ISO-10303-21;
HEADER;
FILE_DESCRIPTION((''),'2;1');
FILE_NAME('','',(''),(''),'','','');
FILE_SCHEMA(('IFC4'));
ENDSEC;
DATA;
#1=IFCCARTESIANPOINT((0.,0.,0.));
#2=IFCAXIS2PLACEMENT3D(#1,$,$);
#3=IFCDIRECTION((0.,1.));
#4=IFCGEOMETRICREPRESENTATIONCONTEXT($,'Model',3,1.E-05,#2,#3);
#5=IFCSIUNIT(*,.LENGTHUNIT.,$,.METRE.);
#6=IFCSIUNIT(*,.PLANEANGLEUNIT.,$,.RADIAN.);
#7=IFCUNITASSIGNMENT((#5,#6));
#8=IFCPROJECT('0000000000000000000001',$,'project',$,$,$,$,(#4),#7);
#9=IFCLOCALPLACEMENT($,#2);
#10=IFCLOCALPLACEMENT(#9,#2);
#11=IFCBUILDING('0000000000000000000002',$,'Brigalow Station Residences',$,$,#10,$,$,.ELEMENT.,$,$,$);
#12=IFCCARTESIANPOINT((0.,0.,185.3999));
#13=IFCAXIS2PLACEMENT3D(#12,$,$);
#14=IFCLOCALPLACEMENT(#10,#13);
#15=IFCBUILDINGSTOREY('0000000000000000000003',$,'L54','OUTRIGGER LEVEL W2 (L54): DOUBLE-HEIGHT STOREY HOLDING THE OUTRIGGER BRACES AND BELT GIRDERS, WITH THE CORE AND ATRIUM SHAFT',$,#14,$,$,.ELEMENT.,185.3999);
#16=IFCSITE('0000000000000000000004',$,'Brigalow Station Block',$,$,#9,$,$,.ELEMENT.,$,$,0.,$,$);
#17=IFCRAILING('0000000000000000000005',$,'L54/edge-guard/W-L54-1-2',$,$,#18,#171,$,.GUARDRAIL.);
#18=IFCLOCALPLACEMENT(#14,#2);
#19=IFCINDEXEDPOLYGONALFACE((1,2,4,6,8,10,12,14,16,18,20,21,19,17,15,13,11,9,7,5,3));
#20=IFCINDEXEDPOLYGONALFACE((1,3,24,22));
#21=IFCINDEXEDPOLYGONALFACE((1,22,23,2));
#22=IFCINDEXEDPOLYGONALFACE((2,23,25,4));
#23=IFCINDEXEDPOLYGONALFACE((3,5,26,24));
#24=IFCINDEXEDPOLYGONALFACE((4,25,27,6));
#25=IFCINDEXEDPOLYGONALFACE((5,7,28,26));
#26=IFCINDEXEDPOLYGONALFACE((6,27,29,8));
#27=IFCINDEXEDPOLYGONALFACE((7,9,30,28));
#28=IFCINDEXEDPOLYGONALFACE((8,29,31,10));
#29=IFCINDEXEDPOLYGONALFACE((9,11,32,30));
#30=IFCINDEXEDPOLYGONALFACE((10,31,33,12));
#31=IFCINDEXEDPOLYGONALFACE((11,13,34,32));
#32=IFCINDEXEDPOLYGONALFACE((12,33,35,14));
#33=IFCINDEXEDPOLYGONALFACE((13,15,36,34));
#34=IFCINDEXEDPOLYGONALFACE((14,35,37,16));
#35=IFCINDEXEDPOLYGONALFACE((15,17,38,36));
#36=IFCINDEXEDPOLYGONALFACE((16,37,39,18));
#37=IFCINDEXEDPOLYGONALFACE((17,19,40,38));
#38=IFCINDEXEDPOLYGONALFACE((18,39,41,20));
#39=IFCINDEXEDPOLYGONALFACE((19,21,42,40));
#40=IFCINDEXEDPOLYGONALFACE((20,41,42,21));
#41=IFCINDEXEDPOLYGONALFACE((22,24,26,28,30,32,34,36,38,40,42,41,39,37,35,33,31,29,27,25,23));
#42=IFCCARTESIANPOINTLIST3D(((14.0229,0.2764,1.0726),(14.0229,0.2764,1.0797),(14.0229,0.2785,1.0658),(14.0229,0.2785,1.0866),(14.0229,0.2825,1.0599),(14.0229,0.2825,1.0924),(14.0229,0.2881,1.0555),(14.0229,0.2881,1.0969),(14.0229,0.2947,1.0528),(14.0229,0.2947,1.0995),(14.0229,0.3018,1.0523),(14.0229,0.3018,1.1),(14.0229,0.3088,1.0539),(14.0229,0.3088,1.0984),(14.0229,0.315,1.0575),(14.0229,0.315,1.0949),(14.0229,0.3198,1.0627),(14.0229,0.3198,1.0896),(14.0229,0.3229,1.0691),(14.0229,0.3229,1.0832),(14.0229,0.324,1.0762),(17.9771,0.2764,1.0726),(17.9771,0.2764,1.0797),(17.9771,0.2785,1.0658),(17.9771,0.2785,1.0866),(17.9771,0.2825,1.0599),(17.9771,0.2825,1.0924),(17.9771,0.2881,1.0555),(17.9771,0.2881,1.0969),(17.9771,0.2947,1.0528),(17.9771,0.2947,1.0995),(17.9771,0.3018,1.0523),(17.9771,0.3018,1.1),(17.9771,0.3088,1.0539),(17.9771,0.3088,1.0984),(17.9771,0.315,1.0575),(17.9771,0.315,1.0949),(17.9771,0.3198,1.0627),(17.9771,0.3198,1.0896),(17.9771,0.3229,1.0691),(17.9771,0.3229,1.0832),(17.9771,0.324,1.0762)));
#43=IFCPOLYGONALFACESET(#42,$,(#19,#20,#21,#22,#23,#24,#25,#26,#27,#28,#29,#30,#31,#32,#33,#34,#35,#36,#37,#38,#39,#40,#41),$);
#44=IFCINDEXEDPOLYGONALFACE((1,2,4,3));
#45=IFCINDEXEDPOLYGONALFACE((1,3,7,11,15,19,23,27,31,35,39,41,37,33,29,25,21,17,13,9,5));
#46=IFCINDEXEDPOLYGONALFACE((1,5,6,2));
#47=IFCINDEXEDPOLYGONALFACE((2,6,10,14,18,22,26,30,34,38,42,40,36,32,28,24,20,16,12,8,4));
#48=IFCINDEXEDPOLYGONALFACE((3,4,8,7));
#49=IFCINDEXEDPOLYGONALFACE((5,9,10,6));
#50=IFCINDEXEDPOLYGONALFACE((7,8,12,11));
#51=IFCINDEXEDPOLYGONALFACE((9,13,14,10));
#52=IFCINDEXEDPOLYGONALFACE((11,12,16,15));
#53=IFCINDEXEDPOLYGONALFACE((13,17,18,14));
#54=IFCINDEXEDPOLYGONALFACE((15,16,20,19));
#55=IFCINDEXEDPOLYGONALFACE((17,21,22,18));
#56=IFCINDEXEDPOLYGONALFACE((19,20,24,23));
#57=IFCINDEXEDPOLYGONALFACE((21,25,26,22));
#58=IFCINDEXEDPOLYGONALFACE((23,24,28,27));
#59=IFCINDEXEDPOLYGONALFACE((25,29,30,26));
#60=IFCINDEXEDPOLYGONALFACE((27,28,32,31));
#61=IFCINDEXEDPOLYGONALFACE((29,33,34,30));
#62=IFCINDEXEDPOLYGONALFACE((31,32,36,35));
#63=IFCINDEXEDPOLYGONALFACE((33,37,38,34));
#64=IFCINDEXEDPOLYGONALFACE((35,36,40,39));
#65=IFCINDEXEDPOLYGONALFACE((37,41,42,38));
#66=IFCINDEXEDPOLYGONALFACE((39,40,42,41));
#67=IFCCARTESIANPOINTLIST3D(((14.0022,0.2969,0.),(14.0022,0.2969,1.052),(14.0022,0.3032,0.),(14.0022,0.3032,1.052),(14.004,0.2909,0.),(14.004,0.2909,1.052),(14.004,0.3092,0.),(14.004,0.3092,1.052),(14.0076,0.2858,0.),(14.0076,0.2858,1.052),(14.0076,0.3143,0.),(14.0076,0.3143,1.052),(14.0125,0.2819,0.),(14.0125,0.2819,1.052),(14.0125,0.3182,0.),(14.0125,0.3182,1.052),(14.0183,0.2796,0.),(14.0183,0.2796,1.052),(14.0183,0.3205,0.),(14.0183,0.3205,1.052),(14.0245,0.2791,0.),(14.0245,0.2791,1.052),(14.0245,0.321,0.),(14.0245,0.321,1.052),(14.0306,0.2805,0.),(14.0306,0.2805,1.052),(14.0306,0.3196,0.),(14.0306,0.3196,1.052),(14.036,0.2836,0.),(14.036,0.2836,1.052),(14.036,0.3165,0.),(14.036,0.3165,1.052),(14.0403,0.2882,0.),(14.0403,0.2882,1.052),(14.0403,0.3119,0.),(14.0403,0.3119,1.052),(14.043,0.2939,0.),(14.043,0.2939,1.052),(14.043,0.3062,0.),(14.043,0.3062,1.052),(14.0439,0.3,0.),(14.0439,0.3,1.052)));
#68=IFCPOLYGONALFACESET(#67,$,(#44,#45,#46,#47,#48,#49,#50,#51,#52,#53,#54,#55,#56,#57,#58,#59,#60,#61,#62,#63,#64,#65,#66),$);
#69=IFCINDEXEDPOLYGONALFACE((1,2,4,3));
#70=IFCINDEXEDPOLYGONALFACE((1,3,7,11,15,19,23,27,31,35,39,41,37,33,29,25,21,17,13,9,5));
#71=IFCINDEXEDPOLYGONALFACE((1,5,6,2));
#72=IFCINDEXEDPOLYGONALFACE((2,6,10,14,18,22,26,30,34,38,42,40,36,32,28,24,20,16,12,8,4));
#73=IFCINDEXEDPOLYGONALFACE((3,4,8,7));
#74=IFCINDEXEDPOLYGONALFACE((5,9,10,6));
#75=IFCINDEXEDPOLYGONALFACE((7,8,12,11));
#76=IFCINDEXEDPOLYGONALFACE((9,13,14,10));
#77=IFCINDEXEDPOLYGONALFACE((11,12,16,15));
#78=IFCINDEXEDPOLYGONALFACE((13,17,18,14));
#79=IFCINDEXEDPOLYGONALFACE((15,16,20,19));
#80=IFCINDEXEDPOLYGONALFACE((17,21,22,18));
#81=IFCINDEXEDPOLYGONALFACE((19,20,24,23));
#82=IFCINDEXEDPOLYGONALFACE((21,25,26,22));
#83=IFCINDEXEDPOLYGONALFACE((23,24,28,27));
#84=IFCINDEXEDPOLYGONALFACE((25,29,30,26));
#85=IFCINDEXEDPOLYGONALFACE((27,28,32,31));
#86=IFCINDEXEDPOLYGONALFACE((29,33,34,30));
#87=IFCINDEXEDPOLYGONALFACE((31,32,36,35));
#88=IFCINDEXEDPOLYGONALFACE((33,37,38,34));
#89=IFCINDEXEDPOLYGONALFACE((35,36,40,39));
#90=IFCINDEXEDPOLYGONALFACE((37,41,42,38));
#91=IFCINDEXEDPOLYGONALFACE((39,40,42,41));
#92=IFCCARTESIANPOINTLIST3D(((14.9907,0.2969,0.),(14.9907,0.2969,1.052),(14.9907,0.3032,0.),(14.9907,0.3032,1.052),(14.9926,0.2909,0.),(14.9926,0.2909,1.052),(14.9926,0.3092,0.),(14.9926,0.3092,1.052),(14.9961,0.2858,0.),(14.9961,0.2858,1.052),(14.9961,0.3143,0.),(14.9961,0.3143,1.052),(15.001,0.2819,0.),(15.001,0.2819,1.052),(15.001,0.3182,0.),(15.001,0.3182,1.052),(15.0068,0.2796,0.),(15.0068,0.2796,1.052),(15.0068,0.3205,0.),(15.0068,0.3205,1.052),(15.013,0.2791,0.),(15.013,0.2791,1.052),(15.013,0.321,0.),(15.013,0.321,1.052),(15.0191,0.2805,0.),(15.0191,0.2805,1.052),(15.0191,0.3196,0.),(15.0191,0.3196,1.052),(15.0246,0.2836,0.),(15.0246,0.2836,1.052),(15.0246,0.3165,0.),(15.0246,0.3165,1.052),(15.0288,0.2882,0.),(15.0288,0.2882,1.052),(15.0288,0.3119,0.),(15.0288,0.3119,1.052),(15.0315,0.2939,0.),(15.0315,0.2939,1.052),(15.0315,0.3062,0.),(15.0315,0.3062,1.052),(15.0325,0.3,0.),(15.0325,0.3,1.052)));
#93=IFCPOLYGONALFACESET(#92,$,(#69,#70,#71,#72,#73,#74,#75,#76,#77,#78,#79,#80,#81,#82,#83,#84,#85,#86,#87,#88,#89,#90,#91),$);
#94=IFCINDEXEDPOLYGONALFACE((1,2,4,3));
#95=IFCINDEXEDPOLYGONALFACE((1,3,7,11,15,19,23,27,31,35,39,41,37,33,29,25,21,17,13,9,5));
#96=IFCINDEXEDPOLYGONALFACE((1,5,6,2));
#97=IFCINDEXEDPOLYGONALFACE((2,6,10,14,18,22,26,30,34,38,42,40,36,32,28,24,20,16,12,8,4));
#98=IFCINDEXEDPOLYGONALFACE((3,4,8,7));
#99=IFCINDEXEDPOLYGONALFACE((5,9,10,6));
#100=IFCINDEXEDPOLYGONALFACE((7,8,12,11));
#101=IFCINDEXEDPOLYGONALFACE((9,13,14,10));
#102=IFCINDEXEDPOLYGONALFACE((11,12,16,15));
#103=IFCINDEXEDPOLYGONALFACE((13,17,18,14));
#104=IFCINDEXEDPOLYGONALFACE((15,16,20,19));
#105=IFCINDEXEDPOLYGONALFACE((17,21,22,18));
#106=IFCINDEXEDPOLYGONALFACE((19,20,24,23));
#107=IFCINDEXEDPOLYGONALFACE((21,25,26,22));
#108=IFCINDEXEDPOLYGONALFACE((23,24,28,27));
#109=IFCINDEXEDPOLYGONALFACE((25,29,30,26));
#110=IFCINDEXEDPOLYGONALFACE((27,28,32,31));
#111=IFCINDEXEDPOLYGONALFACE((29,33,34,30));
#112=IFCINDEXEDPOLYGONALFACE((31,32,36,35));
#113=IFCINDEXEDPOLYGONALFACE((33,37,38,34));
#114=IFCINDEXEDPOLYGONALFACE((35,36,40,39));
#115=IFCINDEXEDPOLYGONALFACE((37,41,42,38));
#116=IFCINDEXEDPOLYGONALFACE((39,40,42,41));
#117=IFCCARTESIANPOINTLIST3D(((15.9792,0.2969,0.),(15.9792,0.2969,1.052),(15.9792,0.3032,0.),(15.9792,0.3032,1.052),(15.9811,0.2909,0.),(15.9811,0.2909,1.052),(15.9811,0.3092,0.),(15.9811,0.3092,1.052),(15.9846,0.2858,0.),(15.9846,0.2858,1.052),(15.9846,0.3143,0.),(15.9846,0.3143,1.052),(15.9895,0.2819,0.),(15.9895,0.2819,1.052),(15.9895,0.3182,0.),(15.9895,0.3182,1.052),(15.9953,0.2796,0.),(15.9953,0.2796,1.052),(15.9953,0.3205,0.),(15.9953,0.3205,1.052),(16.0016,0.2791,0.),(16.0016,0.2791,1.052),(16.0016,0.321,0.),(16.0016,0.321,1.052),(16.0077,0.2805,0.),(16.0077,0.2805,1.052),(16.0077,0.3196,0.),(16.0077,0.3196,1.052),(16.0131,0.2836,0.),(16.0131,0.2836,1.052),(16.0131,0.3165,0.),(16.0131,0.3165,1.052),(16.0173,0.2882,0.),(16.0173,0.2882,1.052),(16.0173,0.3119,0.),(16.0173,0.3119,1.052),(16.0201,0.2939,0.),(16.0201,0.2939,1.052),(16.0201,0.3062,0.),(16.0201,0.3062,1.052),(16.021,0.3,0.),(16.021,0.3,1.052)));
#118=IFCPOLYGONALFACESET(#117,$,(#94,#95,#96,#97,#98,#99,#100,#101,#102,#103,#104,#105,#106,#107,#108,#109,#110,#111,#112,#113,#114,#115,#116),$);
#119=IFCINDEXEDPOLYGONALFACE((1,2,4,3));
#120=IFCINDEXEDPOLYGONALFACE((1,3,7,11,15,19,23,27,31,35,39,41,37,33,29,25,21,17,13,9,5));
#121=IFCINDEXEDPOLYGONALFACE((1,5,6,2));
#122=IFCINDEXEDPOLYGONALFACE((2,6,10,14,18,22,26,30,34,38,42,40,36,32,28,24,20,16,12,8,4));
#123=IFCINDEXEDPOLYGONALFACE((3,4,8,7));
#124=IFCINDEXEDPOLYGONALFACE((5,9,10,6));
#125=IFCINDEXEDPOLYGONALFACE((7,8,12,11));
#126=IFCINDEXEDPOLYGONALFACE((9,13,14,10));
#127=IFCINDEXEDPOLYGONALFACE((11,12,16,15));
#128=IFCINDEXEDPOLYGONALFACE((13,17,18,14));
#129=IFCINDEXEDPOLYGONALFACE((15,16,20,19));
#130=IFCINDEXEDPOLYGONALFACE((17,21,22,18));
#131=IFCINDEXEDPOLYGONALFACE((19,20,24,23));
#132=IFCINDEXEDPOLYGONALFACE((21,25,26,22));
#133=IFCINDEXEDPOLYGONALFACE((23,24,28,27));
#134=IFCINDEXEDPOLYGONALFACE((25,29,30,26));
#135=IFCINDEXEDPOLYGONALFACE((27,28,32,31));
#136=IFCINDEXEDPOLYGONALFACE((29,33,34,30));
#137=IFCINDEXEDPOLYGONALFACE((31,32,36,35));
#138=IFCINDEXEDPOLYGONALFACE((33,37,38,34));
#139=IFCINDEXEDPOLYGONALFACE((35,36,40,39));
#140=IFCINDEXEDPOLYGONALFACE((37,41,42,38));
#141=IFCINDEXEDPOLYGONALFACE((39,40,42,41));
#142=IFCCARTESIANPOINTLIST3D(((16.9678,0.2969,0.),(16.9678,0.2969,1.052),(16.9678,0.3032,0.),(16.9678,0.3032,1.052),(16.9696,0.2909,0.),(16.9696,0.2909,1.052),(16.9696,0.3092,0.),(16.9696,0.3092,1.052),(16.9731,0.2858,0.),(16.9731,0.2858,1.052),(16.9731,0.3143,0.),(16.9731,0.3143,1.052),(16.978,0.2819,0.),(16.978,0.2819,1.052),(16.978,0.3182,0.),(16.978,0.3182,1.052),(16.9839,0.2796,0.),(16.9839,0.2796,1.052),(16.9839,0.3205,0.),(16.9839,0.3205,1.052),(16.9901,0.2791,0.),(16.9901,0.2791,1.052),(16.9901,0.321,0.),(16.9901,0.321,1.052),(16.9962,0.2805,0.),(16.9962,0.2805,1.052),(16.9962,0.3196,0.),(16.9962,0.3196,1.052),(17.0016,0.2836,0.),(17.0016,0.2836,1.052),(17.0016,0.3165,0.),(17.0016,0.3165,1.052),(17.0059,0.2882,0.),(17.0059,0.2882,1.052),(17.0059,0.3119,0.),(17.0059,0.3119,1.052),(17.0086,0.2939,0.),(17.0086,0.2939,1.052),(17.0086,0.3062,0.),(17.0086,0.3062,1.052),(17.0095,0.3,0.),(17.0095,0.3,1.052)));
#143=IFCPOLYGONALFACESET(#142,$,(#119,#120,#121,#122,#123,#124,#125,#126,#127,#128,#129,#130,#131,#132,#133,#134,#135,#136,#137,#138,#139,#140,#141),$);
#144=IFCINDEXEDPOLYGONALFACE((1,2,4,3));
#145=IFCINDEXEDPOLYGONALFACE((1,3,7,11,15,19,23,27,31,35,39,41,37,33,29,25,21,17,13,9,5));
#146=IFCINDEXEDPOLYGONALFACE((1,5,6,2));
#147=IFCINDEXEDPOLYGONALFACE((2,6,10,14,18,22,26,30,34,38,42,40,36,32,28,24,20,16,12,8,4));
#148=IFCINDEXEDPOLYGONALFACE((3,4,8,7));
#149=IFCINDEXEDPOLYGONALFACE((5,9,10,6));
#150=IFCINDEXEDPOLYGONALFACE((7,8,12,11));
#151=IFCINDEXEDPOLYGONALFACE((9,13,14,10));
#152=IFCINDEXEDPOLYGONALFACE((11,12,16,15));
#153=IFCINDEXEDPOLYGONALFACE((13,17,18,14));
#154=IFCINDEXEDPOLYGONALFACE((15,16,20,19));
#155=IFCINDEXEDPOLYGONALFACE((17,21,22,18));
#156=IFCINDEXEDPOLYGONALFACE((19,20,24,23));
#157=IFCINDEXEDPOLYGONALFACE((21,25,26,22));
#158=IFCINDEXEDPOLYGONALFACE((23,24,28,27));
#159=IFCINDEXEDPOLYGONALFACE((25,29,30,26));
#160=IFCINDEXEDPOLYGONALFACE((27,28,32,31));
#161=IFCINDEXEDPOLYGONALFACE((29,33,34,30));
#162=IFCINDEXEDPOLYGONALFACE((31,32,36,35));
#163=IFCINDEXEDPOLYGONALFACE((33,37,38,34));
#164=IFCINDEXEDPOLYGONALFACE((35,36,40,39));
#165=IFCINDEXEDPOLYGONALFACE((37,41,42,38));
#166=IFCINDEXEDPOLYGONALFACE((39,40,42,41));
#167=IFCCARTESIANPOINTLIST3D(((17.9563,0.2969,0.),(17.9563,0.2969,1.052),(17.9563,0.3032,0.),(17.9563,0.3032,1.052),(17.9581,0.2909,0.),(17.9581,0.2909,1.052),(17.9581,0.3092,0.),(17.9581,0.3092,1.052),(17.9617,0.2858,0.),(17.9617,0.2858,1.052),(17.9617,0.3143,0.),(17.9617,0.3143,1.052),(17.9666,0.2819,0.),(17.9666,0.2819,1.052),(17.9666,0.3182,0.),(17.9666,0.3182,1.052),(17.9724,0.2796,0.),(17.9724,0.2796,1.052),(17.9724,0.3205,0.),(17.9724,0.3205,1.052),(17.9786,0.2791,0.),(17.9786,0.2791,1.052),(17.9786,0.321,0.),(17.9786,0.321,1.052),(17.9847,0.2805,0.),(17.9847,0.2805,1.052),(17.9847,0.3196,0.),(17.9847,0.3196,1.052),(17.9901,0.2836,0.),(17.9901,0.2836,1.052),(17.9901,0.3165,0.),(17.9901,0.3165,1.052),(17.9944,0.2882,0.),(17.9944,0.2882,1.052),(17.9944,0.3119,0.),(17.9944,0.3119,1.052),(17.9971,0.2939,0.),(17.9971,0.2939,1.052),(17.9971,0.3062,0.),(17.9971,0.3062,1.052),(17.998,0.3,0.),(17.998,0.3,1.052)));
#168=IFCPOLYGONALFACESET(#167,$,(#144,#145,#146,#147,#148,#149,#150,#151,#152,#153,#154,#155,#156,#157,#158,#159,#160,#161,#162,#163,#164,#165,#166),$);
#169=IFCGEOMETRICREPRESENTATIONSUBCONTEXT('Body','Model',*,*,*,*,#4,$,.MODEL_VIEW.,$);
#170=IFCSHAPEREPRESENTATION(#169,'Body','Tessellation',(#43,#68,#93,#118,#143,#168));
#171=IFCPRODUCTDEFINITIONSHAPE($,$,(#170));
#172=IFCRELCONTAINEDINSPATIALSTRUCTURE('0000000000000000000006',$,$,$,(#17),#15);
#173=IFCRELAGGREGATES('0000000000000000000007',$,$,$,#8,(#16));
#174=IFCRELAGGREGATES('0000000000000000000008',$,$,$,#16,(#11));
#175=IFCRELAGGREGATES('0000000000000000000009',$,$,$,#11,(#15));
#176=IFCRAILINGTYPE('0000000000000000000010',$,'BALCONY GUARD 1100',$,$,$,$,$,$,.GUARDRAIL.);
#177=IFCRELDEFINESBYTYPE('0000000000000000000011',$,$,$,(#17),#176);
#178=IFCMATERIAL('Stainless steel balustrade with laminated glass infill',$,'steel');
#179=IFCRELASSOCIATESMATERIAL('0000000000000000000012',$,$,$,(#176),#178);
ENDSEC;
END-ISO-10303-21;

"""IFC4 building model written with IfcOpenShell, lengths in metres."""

from ifc_helpers import new_model, si_unit, direction, frame, origin, origin_2d, place, context, subcontext, project, spatial, circle, extrude, material, type_object, element, save


model = new_model("IFC4")

# Units and contexts
model_context = context("Model", 3, precision=1e-05, world=origin(), true_north=direction((0.0, 1.0)))
body_context = subcontext(model_context, "Body", "Model", "MODEL_VIEW")
ifc_project = project(units=[si_unit("LENGTHUNIT", "METRE"), si_unit("PLANEANGLEUNIT", "RADIAN")], contexts=[model_context])

# Site, building, storey
site_placement = place(None, origin())
site = spatial("IfcSite", under=ifc_project, at=site_placement, Name="Brigalow Station Block", CompositionType="ELEMENT", RefElevation=0.0)
building_placement = place(site_placement, origin())
building = spatial("IfcBuilding", under=site, at=building_placement, Name="Brigalow Station Residences", CompositionType="ELEMENT")
storey_placement = place(building_placement, frame((0.0, 0.0, 185.3999)))
storey = spatial("IfcBuildingStorey", under=building, at=storey_placement, Name="L54", Description="OUTRIGGER LEVEL W2 (L54): DOUBLE-HEIGHT STOREY HOLDING THE OUTRIGGER BRACES AND BELT GIRDERS, WITH THE CORE AND ATRIUM SHAFT", CompositionType="ELEMENT", Elevation=185.3999)

# Railing
ifc_material_1 = material(Name="Stainless steel balustrade with laminated glass infill", Category="steel")
railing_type = type_object("IfcRailingType", Name="BALCONY GUARD 1100", PredefinedType="GUARDRAIL", material=ifc_material_1)
railing_1_placement = place(storey_placement, frame((14.0229, 0.3, 0.0)))
element("IfcRailing", 1, at=railing_1_placement, inside=storey, type_object=railing_type, Name="L54/edge-guard/W-L54-1-2", PredefinedType="GUARDRAIL", context=body_context, shape_type="SweptSolid", body=[
    extrude(circle(Radius=0.0239, at=origin_2d()), frame((0.0, 0.0, 1.0762), z_axis=(1.0, 0.0, 0.0), x_axis=(0.0, 1.0, 0.0)), (0.0, 0.0, 1.0), 3.9541),
    extrude(circle(Radius=0.021, at=origin_2d()), origin(), (0.0, 0.0, 1.0), 1.052),
    extrude(circle(Radius=0.021, at=origin_2d()), frame((0.9885, 0.0, 0.0)), (0.0, 0.0, 1.0), 1.052),
    extrude(circle(Radius=0.021, at=origin_2d()), frame((1.9771, 0.0, 0.0)), (0.0, 0.0, 1.0), 1.052),
    extrude(circle(Radius=0.021, at=origin_2d()), frame((2.9656, 0.0, 0.0)), (0.0, 0.0, 1.0), 1.052),
    extrude(circle(Radius=0.021, at=origin_2d()), frame((3.9541, 0.0, 0.0)), (0.0, 0.0, 1.0), 1.052),
])

save(model, "model.ifc")
